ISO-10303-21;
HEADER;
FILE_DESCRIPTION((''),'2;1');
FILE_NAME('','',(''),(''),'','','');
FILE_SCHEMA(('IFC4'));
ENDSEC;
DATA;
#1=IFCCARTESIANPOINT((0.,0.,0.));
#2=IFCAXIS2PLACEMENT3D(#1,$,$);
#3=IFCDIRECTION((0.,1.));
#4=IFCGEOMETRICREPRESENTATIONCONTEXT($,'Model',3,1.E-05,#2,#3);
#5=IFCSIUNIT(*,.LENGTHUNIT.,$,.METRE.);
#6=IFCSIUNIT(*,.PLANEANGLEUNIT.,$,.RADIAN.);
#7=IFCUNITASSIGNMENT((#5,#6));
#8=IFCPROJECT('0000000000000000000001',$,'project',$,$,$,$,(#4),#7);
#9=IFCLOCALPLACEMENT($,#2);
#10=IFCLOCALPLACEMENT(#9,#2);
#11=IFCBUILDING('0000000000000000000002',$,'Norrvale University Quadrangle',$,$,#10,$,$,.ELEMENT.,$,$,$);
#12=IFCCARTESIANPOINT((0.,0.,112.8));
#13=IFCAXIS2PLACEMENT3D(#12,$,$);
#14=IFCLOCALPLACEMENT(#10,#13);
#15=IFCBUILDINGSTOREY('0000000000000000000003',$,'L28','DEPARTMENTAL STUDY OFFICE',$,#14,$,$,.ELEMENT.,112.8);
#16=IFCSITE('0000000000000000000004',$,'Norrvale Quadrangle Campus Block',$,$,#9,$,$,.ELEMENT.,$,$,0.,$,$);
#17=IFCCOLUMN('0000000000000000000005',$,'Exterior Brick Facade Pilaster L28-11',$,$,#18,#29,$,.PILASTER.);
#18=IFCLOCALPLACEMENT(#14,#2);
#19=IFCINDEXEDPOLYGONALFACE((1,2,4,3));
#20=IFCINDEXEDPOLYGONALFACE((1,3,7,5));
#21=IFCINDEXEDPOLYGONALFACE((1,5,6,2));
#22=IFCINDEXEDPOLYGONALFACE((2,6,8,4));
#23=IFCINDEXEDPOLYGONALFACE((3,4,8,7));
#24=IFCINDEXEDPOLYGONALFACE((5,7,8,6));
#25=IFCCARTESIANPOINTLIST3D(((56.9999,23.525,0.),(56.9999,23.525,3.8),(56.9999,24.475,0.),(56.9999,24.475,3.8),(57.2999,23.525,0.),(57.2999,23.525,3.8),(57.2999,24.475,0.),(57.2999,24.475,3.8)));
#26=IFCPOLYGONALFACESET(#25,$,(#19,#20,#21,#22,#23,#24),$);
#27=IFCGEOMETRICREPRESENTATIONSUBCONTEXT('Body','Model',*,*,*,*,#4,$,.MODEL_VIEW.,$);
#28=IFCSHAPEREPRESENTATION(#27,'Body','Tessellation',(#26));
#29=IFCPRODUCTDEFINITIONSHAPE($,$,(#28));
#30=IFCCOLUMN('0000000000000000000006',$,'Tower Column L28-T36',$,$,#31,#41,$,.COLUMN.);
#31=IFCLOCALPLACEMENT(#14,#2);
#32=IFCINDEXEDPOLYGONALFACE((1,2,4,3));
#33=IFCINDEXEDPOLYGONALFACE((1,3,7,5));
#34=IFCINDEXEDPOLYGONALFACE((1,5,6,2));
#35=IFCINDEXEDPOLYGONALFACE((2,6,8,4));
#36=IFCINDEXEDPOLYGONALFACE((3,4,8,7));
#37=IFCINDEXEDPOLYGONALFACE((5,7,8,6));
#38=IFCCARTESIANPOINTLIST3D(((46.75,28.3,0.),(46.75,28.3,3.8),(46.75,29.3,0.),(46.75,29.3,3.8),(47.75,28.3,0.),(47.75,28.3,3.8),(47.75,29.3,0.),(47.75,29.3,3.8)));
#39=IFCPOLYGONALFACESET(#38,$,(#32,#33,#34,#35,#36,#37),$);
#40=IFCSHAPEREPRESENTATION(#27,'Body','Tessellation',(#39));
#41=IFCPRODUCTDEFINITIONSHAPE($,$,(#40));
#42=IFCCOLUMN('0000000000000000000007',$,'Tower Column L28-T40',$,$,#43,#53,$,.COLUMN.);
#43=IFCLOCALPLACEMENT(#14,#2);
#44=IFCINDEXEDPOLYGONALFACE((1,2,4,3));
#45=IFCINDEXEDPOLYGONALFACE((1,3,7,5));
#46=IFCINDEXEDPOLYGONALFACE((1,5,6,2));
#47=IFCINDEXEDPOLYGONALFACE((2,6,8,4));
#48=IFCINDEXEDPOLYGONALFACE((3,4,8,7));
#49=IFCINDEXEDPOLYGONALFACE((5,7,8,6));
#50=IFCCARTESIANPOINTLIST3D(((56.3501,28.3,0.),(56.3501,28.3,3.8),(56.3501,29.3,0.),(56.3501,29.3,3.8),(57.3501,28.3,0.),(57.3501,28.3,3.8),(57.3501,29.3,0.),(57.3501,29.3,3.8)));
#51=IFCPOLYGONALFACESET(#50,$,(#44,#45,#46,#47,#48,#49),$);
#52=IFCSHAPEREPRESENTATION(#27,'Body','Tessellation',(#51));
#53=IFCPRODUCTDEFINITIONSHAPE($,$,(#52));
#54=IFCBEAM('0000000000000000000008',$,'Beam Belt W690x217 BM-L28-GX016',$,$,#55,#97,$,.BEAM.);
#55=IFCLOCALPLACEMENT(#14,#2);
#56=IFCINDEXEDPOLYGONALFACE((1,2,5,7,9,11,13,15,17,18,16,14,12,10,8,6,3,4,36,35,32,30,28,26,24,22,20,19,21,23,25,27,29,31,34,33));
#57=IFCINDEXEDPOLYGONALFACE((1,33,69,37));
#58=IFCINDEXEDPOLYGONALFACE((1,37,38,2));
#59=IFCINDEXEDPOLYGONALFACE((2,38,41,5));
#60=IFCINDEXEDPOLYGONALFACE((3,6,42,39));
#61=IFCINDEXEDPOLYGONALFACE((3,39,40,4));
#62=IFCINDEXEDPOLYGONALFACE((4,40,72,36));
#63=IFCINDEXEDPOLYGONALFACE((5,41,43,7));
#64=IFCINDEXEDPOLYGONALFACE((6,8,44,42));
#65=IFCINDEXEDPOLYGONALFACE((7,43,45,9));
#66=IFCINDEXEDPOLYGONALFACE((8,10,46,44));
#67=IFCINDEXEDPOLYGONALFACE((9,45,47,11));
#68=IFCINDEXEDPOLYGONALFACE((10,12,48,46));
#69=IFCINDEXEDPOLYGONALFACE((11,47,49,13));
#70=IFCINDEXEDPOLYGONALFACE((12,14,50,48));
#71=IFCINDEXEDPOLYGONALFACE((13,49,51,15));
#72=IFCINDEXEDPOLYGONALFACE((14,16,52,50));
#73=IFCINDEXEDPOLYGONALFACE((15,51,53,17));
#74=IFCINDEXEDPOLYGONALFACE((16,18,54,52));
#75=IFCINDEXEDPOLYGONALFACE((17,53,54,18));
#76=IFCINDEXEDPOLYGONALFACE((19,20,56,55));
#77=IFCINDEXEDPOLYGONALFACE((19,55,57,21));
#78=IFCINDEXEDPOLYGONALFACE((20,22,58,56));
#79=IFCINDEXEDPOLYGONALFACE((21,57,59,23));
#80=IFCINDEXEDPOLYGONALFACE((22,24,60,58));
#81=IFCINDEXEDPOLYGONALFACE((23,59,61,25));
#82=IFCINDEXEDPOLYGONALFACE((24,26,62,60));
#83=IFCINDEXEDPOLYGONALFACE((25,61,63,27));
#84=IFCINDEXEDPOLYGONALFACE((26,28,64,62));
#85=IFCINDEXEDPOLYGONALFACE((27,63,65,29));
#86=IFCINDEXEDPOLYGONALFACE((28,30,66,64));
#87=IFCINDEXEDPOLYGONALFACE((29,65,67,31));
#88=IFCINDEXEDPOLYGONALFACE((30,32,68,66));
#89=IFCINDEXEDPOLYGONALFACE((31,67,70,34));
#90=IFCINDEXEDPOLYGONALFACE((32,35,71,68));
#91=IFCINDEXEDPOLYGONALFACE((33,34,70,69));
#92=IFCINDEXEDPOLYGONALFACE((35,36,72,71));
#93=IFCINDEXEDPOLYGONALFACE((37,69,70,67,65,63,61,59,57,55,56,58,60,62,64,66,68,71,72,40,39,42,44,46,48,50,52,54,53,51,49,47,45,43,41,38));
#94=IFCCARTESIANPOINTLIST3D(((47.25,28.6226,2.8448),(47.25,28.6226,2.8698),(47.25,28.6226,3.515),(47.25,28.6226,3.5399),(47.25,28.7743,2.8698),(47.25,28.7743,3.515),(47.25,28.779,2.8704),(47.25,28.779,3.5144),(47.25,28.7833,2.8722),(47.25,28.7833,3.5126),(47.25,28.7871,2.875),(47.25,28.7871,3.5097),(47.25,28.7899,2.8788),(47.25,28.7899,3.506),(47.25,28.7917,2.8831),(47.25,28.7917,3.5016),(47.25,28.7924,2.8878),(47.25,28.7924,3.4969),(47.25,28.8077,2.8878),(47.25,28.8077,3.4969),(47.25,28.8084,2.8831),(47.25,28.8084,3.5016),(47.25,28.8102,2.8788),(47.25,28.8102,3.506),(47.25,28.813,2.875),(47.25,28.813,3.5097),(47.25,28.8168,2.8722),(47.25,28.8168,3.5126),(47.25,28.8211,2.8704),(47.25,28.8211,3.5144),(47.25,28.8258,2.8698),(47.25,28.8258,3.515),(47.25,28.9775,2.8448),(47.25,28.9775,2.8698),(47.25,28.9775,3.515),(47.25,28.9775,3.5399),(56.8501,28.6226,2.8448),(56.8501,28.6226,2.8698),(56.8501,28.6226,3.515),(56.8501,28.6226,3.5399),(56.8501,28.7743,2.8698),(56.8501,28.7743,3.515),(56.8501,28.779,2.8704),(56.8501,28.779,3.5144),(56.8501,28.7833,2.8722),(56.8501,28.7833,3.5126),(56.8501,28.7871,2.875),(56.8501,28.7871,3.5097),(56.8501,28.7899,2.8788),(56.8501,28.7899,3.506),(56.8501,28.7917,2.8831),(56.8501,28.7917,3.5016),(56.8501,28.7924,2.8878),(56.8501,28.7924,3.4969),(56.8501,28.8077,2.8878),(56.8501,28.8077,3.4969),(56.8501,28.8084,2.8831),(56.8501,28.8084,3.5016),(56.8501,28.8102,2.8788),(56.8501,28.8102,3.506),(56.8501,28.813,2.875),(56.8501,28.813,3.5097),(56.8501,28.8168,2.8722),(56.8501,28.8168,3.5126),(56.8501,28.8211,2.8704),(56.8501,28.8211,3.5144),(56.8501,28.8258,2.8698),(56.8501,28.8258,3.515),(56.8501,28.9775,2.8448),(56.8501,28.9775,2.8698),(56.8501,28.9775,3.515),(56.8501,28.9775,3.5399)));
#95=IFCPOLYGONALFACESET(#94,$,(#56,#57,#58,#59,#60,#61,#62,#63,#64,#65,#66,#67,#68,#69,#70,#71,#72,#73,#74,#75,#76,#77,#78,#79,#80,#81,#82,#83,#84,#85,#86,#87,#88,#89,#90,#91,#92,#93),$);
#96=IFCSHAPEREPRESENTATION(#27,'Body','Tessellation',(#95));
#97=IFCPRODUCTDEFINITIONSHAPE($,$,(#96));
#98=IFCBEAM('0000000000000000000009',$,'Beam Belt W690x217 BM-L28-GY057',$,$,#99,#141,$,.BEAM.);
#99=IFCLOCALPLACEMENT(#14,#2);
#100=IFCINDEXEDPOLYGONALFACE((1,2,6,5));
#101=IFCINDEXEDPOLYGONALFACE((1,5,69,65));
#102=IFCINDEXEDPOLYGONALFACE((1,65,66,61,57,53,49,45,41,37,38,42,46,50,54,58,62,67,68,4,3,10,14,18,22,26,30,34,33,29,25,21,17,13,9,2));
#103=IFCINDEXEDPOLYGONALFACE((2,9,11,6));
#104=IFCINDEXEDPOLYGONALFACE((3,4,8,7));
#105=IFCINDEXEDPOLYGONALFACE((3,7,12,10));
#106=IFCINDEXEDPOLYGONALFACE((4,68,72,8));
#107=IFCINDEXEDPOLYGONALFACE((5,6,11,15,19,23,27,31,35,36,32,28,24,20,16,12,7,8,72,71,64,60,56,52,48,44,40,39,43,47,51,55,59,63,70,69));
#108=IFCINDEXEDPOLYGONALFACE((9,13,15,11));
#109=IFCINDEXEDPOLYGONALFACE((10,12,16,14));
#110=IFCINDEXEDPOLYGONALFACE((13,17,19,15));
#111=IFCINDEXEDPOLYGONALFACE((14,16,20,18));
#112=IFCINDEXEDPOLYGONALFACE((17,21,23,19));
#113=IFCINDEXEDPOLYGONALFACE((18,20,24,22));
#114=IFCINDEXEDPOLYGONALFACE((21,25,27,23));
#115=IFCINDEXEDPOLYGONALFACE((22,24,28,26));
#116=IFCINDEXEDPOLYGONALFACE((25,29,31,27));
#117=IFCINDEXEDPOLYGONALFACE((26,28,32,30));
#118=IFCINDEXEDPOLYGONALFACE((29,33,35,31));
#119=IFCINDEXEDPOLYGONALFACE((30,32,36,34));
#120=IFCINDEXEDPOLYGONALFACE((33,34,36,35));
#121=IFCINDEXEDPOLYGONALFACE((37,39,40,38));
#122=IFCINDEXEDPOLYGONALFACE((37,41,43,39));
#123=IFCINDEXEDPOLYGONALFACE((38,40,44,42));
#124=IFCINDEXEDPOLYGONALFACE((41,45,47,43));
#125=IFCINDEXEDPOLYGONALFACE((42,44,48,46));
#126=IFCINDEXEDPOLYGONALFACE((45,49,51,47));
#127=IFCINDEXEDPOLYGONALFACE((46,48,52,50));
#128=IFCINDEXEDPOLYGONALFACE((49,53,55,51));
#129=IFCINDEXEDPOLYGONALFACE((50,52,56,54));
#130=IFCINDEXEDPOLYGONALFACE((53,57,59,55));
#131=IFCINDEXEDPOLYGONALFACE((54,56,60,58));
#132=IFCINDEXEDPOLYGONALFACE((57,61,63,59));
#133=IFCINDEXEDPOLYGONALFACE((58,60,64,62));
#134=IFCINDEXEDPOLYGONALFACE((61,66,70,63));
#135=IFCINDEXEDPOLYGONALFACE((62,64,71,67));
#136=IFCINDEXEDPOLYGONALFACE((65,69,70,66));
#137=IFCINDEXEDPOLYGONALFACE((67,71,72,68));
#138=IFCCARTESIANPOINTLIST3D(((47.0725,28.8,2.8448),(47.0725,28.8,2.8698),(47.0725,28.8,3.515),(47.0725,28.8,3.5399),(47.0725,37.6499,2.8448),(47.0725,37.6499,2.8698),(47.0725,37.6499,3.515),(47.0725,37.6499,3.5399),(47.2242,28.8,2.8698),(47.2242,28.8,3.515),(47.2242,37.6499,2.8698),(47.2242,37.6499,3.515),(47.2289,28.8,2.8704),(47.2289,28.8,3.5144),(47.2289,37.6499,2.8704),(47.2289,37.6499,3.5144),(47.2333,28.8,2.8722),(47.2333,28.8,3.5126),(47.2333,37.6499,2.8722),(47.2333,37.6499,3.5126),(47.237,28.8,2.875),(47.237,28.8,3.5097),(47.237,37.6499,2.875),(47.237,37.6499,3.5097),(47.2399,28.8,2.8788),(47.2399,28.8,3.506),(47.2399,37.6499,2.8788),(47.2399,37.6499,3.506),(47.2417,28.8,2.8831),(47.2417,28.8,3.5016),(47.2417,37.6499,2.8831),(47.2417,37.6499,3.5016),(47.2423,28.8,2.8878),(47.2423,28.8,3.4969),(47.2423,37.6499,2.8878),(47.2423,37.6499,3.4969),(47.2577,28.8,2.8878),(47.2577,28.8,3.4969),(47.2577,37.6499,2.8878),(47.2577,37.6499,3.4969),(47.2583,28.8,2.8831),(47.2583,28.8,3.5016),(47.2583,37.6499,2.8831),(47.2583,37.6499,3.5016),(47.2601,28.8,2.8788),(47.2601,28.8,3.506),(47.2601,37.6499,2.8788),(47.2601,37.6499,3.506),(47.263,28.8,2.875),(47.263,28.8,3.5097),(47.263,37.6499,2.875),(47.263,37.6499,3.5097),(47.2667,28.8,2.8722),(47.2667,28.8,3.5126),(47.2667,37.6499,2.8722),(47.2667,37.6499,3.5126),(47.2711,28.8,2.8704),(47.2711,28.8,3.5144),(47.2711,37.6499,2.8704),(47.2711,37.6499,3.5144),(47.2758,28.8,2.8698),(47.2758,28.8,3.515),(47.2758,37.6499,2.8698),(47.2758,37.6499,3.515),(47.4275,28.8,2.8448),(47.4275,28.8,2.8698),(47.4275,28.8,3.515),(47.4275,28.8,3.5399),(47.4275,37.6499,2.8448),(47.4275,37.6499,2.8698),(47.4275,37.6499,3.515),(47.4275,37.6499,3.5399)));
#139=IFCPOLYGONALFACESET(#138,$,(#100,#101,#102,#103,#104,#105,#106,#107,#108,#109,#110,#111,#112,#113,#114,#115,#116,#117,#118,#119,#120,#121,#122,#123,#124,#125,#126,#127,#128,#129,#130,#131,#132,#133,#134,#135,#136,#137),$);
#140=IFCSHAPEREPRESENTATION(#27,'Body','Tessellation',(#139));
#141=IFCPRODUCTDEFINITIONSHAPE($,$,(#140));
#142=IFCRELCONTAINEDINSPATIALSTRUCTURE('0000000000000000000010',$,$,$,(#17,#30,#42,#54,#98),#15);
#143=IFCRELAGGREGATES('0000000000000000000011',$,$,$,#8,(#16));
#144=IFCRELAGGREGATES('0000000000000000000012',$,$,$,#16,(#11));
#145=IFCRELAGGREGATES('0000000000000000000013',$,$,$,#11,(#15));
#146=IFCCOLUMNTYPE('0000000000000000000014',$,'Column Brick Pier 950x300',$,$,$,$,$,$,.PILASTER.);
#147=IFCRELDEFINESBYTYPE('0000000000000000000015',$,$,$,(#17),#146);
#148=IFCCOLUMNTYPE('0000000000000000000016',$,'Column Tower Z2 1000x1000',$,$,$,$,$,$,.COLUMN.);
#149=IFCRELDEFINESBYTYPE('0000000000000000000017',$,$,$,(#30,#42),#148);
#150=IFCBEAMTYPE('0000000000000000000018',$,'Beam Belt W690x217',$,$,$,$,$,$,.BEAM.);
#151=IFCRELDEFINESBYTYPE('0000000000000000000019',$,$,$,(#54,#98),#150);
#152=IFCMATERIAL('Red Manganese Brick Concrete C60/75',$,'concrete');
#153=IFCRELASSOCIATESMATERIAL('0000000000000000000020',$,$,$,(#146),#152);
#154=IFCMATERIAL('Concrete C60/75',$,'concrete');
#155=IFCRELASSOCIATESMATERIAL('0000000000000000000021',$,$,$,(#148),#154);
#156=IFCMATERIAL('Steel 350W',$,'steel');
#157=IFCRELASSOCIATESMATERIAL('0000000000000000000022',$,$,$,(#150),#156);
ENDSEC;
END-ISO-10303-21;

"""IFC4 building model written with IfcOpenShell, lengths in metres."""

from ifc_helpers import new_model, si_unit, direction, frame, origin, origin_2d, place, context, subcontext, project, spatial, rectangle, i_section, extrude, material, material_profile, profile_set, type_object, element, save


model = new_model("IFC4")

# Units and contexts
model_context = context("Model", 3, precision=1e-05, world=origin(), true_north=direction((0.0, 1.0)))
body_context = subcontext(model_context, "Body", "Model", "MODEL_VIEW")
ifc_project = project(units=[si_unit("LENGTHUNIT", "METRE"), si_unit("PLANEANGLEUNIT", "RADIAN")], contexts=[model_context])

# Site, building, storey
site_placement = place(None, origin())
site = spatial("IfcSite", under=ifc_project, at=site_placement, Name="Norrvale Quadrangle Campus Block", CompositionType="ELEMENT", RefElevation=0.0)
building_placement = place(site_placement, origin())
building = spatial("IfcBuilding", under=site, at=building_placement, Name="Norrvale University Quadrangle", CompositionType="ELEMENT")
storey_placement = place(building_placement, frame((0.0, 0.0, 112.8)))
storey = spatial("IfcBuildingStorey", under=building, at=storey_placement, Name="L28", Description="DEPARTMENTAL STUDY OFFICE", CompositionType="ELEMENT", Elevation=112.8)

# Columns
ifc_material_1 = material(Name="Red Manganese Brick Concrete C60/75", Category="concrete")
ifc_material_profile_1 = material_profile(ifc_material_1, rectangle(XDim=0.95, YDim=0.3, at=origin_2d()), Name="Red Manganese Brick Concrete C60/75")
ifc_profile_set_1 = profile_set([ifc_material_profile_1], Name="Red Manganese Brick Concrete C60/75")
column_type_1 = type_object("IfcColumnType", Name="Column Brick Pier 950x300", PredefinedType="PILASTER", material=ifc_profile_set_1)
column_placement = place(storey_placement, frame((57.1499, 24.0, 0.0), z_axis=(0.0, 0.0, 1.0), x_axis=(0.0, 1.0, 0.0)))
element("IfcColumn", 1, at=column_placement, inside=storey, type_object=column_type_1, Name="Exterior Brick Facade Pilaster L28-11", PredefinedType="PILASTER", context=body_context, shape_type="SweptSolid", body=[
    extrude(rectangle(XDim=0.95, YDim=0.3, at=origin_2d()), origin(), (0.0, 0.0, 1.0), 3.8),
])
ifc_material_2 = material(Name="Concrete C60/75", Category="concrete")
ifc_material_profile_2 = material_profile(ifc_material_2, rectangle(XDim=1.0, YDim=1.0, at=origin_2d()), Name="Concrete C60/75")
ifc_profile_set_2 = profile_set([ifc_material_profile_2], Name="Concrete C60/75")
column_type_2 = type_object("IfcColumnType", Name="Column Tower Z2 1000x1000", PredefinedType="COLUMN", material=ifc_profile_set_2)
for number, where, z_axis, x_axis, name in (
    (2, (47.25, 28.8, 0.0), (0.0, 0.0, 1.0), (1.0, 0.0, 0.0), "Tower Column L28-T36"),
    (3, (56.8501, 28.8, 0.0), (0.0, 0.0, 1.0), (1.0, 0.0, 0.0), "Tower Column L28-T40"),
):
    element("IfcColumn", number, at=place(storey_placement, frame(where, z_axis=z_axis, x_axis=x_axis)), inside=storey, type_object=column_type_2, Name=name, PredefinedType="COLUMN", context=body_context, shape_type="SweptSolid", body=[
        extrude(rectangle(XDim=1.0, YDim=1.0, at=origin_2d()), origin(), (0.0, 0.0, 1.0), 3.8),
    ])

# Beams
ifc_material_3 = material(Name="Steel 350W", Category="steel")
ifc_material_profile_3 = material_profile(ifc_material_3, i_section(OverallWidth=0.355, OverallDepth=0.6951, WebThickness=0.0154, FlangeThickness=0.0249, FilletRadius=0.0181, at=origin_2d()), Name="Steel 350W")
ifc_profile_set_3 = profile_set([ifc_material_profile_3], Name="Steel 350W")
beam_type = type_object("IfcBeamType", Name="Beam Belt W690x217", PredefinedType="BEAM", material=ifc_profile_set_3)
beam_1_placement = place(storey_placement, frame((47.25, 28.8, 3.1924), z_axis=(1.0, 0.0, 0.0), x_axis=(0.0, 1.0, 0.0)))
element("IfcBeam", 4, at=beam_1_placement, inside=storey, type_object=beam_type, Name="Beam Belt W690x217 BM-L28-GX016", PredefinedType="BEAM", context=body_context, shape_type="SweptSolid", body=[
    extrude(i_section(OverallWidth=0.355, OverallDepth=0.6951, WebThickness=0.0154, FlangeThickness=0.0249, FilletRadius=0.0181, at=origin_2d()), origin(), (0.0, 0.0, 1.0), 9.6001),
])
beam_2_placement = place(storey_placement, frame((47.25, 28.8, 3.1924), z_axis=(0.0, 1.0, 0.0), x_axis=(-1.0, 0.0, 0.0)))
element("IfcBeam", 5, at=beam_2_placement, inside=storey, type_object=beam_type, Name="Beam Belt W690x217 BM-L28-GY057", PredefinedType="BEAM", context=body_context, shape_type="SweptSolid", body=[
    extrude(i_section(OverallWidth=0.355, OverallDepth=0.6951, WebThickness=0.0154, FlangeThickness=0.0249, FilletRadius=0.0181, at=origin_2d()), origin(), (0.0, 0.0, 1.0), 8.8499),
])

save(model, "model.ifc")
